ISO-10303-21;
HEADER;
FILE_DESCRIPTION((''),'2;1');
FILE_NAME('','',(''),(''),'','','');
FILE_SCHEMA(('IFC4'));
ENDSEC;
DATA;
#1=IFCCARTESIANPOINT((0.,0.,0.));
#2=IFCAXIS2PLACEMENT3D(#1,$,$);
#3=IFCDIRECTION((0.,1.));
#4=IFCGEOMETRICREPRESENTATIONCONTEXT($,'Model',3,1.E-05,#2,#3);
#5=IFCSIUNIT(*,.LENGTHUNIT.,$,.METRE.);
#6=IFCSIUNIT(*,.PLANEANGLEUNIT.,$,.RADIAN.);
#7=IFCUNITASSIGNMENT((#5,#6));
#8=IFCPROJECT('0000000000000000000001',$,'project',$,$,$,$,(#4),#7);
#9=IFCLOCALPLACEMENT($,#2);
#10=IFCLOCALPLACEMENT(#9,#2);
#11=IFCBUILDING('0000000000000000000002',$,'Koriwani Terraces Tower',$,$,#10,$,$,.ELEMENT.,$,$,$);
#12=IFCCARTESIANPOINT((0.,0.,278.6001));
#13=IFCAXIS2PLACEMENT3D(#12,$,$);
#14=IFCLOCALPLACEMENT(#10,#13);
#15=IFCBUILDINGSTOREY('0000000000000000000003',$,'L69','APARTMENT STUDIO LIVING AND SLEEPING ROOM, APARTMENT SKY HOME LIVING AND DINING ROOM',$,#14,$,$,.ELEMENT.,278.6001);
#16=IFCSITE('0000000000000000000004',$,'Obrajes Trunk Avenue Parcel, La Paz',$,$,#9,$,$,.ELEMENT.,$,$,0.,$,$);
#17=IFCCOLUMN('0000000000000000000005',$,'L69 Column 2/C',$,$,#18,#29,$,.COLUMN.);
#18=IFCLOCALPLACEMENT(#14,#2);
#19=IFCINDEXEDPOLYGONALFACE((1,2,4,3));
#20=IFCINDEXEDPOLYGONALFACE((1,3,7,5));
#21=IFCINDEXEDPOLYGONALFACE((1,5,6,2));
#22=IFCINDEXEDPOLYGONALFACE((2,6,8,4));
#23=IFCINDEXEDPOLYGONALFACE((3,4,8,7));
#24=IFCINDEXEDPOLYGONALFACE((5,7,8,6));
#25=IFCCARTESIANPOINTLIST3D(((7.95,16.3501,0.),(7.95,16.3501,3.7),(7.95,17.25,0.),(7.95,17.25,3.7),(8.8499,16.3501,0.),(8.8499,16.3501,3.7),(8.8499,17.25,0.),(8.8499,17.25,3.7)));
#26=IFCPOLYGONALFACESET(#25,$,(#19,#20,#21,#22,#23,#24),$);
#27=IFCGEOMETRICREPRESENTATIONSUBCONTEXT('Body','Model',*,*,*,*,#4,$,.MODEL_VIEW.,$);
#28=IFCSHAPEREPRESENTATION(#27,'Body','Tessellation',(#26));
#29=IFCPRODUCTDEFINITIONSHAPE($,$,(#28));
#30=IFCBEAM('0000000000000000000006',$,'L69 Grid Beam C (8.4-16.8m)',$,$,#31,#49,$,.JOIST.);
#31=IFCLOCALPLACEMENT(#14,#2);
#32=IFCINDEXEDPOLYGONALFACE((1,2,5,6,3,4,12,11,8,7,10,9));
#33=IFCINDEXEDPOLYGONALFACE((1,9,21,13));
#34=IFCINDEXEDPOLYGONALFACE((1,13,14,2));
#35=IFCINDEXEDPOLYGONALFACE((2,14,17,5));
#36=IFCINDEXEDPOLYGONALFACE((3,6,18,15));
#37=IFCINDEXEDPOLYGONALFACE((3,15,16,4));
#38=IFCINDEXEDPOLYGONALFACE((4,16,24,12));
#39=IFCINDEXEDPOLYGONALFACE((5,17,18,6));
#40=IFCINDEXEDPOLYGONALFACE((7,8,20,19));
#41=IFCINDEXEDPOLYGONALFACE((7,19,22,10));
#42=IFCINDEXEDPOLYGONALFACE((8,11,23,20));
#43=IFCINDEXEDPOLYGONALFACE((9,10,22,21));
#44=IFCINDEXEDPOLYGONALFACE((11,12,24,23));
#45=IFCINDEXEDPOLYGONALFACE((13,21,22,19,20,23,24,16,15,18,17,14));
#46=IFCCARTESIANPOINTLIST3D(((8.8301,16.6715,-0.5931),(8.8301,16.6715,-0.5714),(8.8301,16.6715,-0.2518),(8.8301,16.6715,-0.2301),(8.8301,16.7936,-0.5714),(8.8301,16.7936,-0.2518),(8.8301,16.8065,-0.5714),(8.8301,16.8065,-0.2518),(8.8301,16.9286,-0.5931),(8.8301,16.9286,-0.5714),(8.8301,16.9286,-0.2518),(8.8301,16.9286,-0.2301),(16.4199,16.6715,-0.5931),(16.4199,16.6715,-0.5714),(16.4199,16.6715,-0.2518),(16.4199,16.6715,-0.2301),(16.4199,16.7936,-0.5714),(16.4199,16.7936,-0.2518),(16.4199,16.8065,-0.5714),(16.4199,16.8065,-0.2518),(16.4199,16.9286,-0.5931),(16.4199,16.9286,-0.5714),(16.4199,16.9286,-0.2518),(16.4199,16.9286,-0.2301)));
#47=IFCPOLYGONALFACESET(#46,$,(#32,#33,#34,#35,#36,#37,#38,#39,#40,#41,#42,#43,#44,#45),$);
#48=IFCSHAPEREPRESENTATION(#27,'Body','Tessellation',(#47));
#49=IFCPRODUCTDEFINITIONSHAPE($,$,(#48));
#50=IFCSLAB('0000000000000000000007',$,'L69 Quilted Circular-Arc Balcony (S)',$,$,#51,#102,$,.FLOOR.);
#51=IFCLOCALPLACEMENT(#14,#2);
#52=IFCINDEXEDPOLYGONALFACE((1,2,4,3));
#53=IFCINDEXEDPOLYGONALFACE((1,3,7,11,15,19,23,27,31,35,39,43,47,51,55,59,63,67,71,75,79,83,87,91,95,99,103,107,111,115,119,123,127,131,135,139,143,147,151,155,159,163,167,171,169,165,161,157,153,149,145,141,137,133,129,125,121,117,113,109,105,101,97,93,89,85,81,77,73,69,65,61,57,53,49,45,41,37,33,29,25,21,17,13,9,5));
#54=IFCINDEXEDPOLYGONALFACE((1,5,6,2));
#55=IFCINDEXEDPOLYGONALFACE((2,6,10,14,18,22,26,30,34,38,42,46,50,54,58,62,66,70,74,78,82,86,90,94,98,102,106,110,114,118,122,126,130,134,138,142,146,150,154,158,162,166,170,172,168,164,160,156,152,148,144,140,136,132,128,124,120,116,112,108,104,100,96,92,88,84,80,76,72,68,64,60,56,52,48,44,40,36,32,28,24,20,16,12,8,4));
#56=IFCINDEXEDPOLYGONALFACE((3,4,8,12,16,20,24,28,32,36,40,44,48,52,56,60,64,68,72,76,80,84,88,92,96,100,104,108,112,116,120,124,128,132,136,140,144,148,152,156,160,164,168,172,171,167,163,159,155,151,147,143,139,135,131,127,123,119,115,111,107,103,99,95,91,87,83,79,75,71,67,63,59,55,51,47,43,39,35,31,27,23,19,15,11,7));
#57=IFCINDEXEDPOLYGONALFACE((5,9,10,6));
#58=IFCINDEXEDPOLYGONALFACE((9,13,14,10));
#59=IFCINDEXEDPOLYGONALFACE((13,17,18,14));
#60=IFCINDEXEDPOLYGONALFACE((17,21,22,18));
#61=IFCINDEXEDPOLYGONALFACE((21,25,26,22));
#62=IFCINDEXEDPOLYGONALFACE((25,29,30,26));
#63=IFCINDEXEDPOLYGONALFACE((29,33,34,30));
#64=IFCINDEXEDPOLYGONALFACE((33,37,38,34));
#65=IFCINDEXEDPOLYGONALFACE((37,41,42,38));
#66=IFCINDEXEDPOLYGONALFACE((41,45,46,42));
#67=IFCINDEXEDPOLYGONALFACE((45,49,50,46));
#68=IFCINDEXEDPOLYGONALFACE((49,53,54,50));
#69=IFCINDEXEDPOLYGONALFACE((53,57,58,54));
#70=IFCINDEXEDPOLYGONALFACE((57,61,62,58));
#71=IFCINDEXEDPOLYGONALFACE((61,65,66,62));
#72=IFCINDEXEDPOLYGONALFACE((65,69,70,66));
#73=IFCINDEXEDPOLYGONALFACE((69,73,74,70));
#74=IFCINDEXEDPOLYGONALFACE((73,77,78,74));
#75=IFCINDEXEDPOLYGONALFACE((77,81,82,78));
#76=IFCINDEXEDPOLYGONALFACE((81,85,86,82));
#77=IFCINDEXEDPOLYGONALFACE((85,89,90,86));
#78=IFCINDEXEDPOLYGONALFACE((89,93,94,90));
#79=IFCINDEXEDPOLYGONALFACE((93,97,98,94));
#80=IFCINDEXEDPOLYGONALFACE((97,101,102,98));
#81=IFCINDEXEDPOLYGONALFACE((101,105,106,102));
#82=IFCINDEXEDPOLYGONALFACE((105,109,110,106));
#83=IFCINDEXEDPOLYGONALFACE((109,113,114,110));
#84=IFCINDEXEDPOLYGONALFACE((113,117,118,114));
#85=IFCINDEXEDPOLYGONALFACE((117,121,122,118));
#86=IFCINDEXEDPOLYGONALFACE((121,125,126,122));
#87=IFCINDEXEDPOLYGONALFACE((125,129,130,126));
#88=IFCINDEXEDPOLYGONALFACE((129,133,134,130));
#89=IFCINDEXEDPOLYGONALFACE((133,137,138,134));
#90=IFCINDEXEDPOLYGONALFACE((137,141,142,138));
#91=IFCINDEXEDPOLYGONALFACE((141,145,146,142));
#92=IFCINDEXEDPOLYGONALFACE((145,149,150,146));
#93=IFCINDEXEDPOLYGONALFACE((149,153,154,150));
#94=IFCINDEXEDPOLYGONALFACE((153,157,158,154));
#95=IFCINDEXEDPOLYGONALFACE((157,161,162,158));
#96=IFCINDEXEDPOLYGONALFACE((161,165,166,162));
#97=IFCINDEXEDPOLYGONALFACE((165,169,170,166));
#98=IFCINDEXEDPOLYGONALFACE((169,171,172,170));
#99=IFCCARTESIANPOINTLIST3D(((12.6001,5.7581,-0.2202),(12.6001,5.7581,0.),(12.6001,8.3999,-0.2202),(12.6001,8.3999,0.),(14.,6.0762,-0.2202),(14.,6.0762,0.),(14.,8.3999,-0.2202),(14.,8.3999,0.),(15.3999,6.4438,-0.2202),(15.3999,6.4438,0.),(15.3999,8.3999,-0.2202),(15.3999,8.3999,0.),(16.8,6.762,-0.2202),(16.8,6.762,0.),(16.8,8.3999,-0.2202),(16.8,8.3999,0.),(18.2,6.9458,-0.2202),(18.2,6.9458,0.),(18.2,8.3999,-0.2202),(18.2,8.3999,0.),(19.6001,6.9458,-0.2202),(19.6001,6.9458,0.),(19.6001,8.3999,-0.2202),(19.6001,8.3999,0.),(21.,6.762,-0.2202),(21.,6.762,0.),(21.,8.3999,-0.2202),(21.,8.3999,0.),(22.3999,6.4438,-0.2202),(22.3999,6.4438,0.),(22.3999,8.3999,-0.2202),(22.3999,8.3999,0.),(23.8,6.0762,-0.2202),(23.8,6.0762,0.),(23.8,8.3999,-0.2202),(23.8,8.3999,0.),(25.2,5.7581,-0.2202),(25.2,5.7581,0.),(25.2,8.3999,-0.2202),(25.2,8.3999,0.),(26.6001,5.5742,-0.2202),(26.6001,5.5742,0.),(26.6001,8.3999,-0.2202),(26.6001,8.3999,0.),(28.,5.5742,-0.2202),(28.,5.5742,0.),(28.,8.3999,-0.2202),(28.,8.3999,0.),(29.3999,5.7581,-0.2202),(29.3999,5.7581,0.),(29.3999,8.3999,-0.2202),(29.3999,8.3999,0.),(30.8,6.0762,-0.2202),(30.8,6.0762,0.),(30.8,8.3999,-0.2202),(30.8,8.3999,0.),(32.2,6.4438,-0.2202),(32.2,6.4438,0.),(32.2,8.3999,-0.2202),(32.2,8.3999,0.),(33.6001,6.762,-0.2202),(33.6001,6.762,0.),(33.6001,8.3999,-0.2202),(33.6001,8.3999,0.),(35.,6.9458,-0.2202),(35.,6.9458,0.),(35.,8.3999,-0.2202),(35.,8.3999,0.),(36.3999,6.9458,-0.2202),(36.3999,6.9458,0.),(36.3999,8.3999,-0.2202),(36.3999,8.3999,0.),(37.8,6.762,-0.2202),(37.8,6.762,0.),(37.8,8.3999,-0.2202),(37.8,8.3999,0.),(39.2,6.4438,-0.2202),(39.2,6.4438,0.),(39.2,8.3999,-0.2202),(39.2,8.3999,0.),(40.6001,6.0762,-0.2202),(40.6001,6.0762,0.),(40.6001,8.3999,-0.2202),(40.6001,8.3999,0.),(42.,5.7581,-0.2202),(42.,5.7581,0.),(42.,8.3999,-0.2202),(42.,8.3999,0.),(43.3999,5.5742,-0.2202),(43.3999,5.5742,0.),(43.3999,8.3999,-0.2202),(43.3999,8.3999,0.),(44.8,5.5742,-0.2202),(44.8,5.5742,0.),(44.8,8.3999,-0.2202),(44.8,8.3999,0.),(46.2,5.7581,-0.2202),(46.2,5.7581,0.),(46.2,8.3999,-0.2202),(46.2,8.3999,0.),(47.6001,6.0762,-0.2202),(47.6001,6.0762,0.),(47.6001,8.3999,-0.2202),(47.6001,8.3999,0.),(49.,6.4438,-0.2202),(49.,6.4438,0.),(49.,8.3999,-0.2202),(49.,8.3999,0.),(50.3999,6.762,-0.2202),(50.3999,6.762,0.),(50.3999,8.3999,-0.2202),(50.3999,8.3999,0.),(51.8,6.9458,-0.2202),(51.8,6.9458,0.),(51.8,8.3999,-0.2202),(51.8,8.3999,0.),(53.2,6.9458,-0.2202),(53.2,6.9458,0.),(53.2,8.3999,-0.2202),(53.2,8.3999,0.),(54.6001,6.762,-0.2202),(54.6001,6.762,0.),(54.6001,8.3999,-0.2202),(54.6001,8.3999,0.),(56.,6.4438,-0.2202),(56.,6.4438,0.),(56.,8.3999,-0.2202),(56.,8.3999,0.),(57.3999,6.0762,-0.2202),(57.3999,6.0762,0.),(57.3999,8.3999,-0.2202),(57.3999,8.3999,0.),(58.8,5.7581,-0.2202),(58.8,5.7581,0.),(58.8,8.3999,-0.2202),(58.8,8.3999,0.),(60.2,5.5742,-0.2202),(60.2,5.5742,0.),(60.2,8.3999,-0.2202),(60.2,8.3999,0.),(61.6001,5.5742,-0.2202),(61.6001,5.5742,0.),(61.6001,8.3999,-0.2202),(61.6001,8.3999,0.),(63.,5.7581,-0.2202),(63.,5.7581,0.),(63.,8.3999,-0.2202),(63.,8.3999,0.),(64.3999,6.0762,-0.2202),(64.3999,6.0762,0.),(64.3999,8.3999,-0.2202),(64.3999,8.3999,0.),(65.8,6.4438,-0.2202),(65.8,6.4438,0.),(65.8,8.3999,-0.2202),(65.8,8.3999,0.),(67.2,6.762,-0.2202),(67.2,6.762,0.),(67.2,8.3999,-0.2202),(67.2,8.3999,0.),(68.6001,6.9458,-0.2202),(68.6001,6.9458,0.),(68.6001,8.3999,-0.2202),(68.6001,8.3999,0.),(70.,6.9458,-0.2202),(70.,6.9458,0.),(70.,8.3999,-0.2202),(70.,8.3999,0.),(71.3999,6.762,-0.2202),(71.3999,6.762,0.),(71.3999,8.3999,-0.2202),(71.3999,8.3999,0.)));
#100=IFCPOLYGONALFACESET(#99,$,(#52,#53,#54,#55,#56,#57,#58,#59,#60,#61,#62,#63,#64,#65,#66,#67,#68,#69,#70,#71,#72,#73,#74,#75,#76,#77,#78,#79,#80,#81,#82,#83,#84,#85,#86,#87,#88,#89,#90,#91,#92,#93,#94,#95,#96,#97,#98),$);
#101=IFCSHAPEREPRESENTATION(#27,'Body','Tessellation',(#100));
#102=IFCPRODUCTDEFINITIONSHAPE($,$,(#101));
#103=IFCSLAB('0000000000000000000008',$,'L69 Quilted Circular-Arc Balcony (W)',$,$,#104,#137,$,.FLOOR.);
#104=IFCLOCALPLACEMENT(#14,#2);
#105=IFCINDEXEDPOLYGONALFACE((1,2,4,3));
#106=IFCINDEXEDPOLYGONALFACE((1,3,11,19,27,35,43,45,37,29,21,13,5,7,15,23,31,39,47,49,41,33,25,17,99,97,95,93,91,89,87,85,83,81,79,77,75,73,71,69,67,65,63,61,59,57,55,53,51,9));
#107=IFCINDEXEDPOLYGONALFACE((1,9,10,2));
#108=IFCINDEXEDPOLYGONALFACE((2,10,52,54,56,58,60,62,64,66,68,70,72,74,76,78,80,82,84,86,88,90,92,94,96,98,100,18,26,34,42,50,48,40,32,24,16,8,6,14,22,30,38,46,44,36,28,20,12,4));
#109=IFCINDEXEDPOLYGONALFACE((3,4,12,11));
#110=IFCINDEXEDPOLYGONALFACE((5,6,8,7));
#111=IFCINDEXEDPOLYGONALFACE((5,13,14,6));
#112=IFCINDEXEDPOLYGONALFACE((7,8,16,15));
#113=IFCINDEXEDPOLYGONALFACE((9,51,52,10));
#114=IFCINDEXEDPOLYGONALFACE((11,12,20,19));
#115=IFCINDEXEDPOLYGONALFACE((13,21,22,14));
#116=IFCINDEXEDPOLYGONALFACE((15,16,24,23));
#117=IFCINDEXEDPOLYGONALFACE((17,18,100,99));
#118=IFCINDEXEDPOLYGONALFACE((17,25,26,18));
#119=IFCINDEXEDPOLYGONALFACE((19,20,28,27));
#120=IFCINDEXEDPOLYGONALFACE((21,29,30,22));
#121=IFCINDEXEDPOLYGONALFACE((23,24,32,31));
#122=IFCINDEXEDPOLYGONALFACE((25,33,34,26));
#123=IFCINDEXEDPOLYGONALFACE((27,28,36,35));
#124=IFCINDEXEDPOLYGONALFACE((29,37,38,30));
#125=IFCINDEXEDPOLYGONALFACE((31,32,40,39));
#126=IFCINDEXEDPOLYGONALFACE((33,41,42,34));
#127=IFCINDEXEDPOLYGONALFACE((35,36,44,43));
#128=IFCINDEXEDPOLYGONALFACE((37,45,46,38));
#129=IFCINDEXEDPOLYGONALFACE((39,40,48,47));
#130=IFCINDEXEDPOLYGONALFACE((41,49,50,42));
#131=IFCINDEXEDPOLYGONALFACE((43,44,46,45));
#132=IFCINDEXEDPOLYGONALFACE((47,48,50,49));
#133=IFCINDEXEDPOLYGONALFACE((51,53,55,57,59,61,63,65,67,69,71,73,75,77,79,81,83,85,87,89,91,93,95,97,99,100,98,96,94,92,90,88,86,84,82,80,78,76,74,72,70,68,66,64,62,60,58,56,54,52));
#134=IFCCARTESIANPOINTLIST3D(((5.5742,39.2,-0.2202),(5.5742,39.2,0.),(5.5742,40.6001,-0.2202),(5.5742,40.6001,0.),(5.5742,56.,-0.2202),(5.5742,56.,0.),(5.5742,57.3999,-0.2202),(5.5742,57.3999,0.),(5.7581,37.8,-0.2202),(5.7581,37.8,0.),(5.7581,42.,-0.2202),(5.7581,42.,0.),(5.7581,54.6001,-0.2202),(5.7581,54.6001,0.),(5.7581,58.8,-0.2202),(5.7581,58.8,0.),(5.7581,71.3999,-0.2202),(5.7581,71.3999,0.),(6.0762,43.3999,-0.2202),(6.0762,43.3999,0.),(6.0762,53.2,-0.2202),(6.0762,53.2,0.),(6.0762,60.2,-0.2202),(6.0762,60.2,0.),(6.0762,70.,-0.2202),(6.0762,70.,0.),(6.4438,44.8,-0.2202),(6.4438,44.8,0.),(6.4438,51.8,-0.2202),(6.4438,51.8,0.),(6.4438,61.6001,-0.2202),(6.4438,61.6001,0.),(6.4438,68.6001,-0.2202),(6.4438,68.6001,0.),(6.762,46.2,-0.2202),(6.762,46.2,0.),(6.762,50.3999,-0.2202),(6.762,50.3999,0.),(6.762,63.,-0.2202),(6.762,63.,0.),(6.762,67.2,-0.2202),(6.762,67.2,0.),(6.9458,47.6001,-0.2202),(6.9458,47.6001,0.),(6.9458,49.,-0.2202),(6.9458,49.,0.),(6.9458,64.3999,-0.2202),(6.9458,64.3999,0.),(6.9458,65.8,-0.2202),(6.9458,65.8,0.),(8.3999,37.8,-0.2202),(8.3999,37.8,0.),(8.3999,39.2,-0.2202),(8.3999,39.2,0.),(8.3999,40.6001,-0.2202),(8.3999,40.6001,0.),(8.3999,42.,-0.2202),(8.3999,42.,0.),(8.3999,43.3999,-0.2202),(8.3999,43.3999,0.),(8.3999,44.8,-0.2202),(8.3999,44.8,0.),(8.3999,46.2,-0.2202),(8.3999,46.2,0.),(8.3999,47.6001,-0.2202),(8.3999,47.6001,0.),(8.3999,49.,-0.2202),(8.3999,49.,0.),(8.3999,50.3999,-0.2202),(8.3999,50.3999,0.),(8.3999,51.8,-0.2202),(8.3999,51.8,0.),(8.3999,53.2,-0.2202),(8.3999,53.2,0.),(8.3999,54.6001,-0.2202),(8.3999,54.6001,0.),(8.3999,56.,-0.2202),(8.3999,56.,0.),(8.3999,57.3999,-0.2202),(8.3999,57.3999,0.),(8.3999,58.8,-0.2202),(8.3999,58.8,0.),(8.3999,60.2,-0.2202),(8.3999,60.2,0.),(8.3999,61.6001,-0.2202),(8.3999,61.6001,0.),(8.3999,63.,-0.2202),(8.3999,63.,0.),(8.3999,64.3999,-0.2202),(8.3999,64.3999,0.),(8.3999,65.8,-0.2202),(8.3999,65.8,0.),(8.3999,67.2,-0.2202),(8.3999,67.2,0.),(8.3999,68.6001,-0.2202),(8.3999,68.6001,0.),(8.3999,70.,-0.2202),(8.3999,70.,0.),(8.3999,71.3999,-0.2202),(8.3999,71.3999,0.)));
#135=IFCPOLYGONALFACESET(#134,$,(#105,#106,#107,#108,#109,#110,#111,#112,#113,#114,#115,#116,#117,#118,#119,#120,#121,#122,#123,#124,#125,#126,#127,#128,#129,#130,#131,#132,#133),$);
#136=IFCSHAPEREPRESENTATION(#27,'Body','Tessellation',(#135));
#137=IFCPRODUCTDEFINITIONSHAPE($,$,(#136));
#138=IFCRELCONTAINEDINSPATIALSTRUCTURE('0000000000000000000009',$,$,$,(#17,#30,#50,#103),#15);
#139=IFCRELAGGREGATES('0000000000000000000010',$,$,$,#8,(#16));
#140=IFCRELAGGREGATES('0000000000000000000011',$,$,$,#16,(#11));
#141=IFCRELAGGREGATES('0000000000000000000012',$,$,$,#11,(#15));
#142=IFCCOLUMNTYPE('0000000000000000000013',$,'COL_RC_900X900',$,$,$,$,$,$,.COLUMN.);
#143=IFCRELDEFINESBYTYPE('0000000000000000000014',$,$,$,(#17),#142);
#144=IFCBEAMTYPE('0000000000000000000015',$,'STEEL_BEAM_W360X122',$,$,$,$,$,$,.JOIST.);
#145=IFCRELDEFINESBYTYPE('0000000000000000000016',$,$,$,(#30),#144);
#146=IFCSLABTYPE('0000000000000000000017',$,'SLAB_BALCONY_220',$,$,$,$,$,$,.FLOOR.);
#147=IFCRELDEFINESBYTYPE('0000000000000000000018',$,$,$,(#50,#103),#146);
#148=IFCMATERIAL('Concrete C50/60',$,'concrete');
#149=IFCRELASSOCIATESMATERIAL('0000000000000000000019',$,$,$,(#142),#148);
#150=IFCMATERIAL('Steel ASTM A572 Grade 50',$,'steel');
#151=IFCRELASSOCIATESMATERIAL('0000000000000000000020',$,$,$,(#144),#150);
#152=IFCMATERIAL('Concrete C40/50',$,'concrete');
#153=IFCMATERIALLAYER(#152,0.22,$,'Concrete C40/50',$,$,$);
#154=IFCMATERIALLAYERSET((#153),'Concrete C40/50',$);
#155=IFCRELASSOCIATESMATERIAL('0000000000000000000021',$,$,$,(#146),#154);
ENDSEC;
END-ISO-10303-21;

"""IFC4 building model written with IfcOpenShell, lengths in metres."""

from ifc_helpers import new_model, si_unit, direction, frame, origin, origin_2d, place, context, subcontext, project, spatial, polyline, rectangle, i_section, outline, extrude, material, layer, layer_set, material_profile, profile_set, type_object, element, save


model = new_model("IFC4")

# Units and contexts
model_context = context("Model", 3, precision=1e-05, world=origin(), true_north=direction((0.0, 1.0)))
body_context = subcontext(model_context, "Body", "Model", "MODEL_VIEW")
ifc_project = project(units=[si_unit("LENGTHUNIT", "METRE"), si_unit("PLANEANGLEUNIT", "RADIAN")], contexts=[model_context])

# Site, building, storey
site_placement = place(None, origin())
site = spatial("IfcSite", under=ifc_project, at=site_placement, Name="Obrajes Trunk Avenue Parcel, La Paz", CompositionType="ELEMENT", RefElevation=0.0)
building_placement = place(site_placement, origin())
building = spatial("IfcBuilding", under=site, at=building_placement, Name="Koriwani Terraces Tower", CompositionType="ELEMENT")
storey_placement = place(building_placement, frame((0.0, 0.0, 278.6001)))
storey = spatial("IfcBuildingStorey", under=building, at=storey_placement, Name="L69", Description="APARTMENT STUDIO LIVING AND SLEEPING ROOM, APARTMENT SKY HOME LIVING AND DINING ROOM", CompositionType="ELEMENT", Elevation=278.6001)

# Column
ifc_material_1 = material(Name="Concrete C50/60", Category="concrete")
ifc_material_profile_1 = material_profile(ifc_material_1, rectangle(XDim=0.8999, YDim=0.8999, at=origin_2d()), Name="Concrete C50/60", Category="LoadBearing")
ifc_profile_set_1 = profile_set([ifc_material_profile_1], Name="Concrete C50/60")
column_type = type_object("IfcColumnType", Name="COL_RC_900X900", PredefinedType="COLUMN", material=ifc_profile_set_1)
column_placement = place(storey_placement, frame((8.3999, 16.8, 0.0), z_axis=(0.0, 0.0, 1.0), x_axis=(1.0, 0.0, 0.0)))
element("IfcColumn", 1, at=column_placement, inside=storey, type_object=column_type, Name="L69 Column 2/C", PredefinedType="COLUMN", context=body_context, shape_type="SweptSolid", body=[
    extrude(rectangle(XDim=0.8999, YDim=0.8999, at=origin_2d()), origin(), (0.0, 0.0, 1.0), 3.7),
])

# Beam
ifc_material_2 = material(Name="Steel ASTM A572 Grade 50", Category="steel")
ifc_material_profile_2 = material_profile(ifc_material_2, i_section(OverallWidth=0.2571, OverallDepth=0.363, WebThickness=0.0129, FlangeThickness=0.0217, at=origin_2d()), Name="Steel ASTM A572 Grade 50", Category="LoadBearing")
ifc_profile_set_2 = profile_set([ifc_material_profile_2], Name="Steel ASTM A572 Grade 50")
beam_type = type_object("IfcBeamType", Name="STEEL_BEAM_W360X122", PredefinedType="JOIST", material=ifc_profile_set_2)
beam_placement = place(storey_placement, frame((8.8301, 16.8, -0.4116), z_axis=(1.0, 0.0, 0.0), x_axis=(0.0, 1.0, 0.0)))
element("IfcBeam", 2, at=beam_placement, inside=storey, type_object=beam_type, Name="L69 Grid Beam C (8.4-16.8m)", PredefinedType="JOIST", context=body_context, shape_type="SweptSolid", body=[
    extrude(i_section(OverallWidth=0.2571, OverallDepth=0.363, WebThickness=0.0129, FlangeThickness=0.0217, at=origin_2d()), origin(), (0.0, 0.0, 1.0), 7.5898),
])

# Slabs
ifc_material_3 = material(Name="Concrete C40/50", Category="concrete")
ifc_layer_1 = layer(ifc_material_3, 0.22, Name="Concrete C40/50")
ifc_layer_set_1 = layer_set([ifc_layer_1], Name="Concrete C40/50")
slab_type_1 = type_object("IfcSlabType", Name="SLAB_BALCONY_220", PredefinedType="FLOOR", material=ifc_layer_set_1)
slab_1_placement = place(storey_placement, frame((0.0, 0.0, -0.2202)))
element("IfcSlab", 3, at=slab_1_placement, inside=storey, type_object=slab_type_1, Name="L69 Quilted Circular-Arc Balcony (S)", PredefinedType="FLOOR", context=body_context, shape_type="SweptSolid", body=[
    extrude(outline(polyline([(12.6001, 8.3999), (14.0, 8.3999), (15.3999, 8.3999), (16.8, 8.3999), (18.2, 8.3999), (19.6001, 8.3999), (21.0, 8.3999), (22.3999, 8.3999), (23.8, 8.3999), (25.2, 8.3999), (26.6001, 8.3999), (28.0, 8.3999), (29.3999, 8.3999), (30.8, 8.3999), (32.2, 8.3999), (33.6001, 8.3999), (35.0, 8.3999), (36.3999, 8.3999), (37.8, 8.3999), (39.2, 8.3999), (40.6001, 8.3999), (42.0, 8.3999), (43.3999, 8.3999), (44.8, 8.3999), (46.2, 8.3999), (47.6001, 8.3999), (49.0, 8.3999), (50.3999, 8.3999), (51.8, 8.3999), (53.2, 8.3999), (54.6001, 8.3999), (56.0, 8.3999), (57.3999, 8.3999), (58.8, 8.3999), (60.2, 8.3999), (61.6001, 8.3999), (63.0, 8.3999), (64.3999, 8.3999), (65.8, 8.3999), (67.2, 8.3999), (68.6001, 8.3999), (70.0, 8.3999), (71.3999, 8.3999), (71.3999, 6.762), (70.0, 6.9458), (68.6001, 6.9458), (67.2, 6.762), (65.8, 6.4438), (64.3999, 6.0762), (63.0, 5.7581), (61.6001, 5.5742), (60.2, 5.5742), (58.8, 5.7581), (57.3999, 6.0762), (56.0, 6.4438), (54.6001, 6.762), (53.2, 6.9458), (51.8, 6.9458), (50.3999, 6.762), (49.0, 6.4438), (47.6001, 6.0762), (46.2, 5.7581), (44.8, 5.5742), (43.3999, 5.5742), (42.0, 5.7581), (40.6001, 6.0762), (39.2, 6.4438), (37.8, 6.762), (36.3999, 6.9458), (35.0, 6.9458), (33.6001, 6.762), (32.2, 6.4438), (30.8, 6.0762), (29.3999, 5.7581), (28.0, 5.5742), (26.6001, 5.5742), (25.2, 5.7581), (23.8, 6.0762), (22.3999, 6.4438), (21.0, 6.762), (19.6001, 6.9458), (18.2, 6.9458), (16.8, 6.762), (15.3999, 6.4438), (14.0, 6.0762), (12.6001, 5.7581), (12.6001, 8.3999)])), origin(), (0.0, 0.0, 1.0), 0.2202),
])
slab_2_placement = place(storey_placement, frame((0.0, 0.0, -0.2202)))
element("IfcSlab", 4, at=slab_2_placement, inside=storey, type_object=slab_type_1, Name="L69 Quilted Circular-Arc Balcony (W)", PredefinedType="FLOOR", context=body_context, shape_type="SweptSolid", body=[
    extrude(outline(polyline([(8.3999, 37.8), (8.3999, 39.2), (8.3999, 40.6001), (8.3999, 42.0), (8.3999, 43.3999), (8.3999, 44.8), (8.3999, 46.2), (8.3999, 47.6001), (8.3999, 49.0), (8.3999, 50.3999), (8.3999, 51.8), (8.3999, 53.2), (8.3999, 54.6001), (8.3999, 56.0), (8.3999, 57.3999), (8.3999, 58.8), (8.3999, 60.2), (8.3999, 61.6001), (8.3999, 63.0), (8.3999, 64.3999), (8.3999, 65.8), (8.3999, 67.2), (8.3999, 68.6001), (8.3999, 70.0), (8.3999, 71.3999), (5.7581, 71.3999), (6.0762, 70.0), (6.4438, 68.6001), (6.762, 67.2), (6.9458, 65.8), (6.9458, 64.3999), (6.762, 63.0), (6.4438, 61.6001), (6.0762, 60.2), (5.7581, 58.8), (5.5742, 57.3999), (5.5742, 56.0), (5.7581, 54.6001), (6.0762, 53.2), (6.4438, 51.8), (6.762, 50.3999), (6.9458, 49.0), (6.9458, 47.6001), (6.762, 46.2), (6.4438, 44.8), (6.0762, 43.3999), (5.7581, 42.0), (5.5742, 40.6001), (5.5742, 39.2), (5.7581, 37.8), (8.3999, 37.8)])), origin(), (0.0, 0.0, 1.0), 0.2202),
])

save(model, "model.ifc")
